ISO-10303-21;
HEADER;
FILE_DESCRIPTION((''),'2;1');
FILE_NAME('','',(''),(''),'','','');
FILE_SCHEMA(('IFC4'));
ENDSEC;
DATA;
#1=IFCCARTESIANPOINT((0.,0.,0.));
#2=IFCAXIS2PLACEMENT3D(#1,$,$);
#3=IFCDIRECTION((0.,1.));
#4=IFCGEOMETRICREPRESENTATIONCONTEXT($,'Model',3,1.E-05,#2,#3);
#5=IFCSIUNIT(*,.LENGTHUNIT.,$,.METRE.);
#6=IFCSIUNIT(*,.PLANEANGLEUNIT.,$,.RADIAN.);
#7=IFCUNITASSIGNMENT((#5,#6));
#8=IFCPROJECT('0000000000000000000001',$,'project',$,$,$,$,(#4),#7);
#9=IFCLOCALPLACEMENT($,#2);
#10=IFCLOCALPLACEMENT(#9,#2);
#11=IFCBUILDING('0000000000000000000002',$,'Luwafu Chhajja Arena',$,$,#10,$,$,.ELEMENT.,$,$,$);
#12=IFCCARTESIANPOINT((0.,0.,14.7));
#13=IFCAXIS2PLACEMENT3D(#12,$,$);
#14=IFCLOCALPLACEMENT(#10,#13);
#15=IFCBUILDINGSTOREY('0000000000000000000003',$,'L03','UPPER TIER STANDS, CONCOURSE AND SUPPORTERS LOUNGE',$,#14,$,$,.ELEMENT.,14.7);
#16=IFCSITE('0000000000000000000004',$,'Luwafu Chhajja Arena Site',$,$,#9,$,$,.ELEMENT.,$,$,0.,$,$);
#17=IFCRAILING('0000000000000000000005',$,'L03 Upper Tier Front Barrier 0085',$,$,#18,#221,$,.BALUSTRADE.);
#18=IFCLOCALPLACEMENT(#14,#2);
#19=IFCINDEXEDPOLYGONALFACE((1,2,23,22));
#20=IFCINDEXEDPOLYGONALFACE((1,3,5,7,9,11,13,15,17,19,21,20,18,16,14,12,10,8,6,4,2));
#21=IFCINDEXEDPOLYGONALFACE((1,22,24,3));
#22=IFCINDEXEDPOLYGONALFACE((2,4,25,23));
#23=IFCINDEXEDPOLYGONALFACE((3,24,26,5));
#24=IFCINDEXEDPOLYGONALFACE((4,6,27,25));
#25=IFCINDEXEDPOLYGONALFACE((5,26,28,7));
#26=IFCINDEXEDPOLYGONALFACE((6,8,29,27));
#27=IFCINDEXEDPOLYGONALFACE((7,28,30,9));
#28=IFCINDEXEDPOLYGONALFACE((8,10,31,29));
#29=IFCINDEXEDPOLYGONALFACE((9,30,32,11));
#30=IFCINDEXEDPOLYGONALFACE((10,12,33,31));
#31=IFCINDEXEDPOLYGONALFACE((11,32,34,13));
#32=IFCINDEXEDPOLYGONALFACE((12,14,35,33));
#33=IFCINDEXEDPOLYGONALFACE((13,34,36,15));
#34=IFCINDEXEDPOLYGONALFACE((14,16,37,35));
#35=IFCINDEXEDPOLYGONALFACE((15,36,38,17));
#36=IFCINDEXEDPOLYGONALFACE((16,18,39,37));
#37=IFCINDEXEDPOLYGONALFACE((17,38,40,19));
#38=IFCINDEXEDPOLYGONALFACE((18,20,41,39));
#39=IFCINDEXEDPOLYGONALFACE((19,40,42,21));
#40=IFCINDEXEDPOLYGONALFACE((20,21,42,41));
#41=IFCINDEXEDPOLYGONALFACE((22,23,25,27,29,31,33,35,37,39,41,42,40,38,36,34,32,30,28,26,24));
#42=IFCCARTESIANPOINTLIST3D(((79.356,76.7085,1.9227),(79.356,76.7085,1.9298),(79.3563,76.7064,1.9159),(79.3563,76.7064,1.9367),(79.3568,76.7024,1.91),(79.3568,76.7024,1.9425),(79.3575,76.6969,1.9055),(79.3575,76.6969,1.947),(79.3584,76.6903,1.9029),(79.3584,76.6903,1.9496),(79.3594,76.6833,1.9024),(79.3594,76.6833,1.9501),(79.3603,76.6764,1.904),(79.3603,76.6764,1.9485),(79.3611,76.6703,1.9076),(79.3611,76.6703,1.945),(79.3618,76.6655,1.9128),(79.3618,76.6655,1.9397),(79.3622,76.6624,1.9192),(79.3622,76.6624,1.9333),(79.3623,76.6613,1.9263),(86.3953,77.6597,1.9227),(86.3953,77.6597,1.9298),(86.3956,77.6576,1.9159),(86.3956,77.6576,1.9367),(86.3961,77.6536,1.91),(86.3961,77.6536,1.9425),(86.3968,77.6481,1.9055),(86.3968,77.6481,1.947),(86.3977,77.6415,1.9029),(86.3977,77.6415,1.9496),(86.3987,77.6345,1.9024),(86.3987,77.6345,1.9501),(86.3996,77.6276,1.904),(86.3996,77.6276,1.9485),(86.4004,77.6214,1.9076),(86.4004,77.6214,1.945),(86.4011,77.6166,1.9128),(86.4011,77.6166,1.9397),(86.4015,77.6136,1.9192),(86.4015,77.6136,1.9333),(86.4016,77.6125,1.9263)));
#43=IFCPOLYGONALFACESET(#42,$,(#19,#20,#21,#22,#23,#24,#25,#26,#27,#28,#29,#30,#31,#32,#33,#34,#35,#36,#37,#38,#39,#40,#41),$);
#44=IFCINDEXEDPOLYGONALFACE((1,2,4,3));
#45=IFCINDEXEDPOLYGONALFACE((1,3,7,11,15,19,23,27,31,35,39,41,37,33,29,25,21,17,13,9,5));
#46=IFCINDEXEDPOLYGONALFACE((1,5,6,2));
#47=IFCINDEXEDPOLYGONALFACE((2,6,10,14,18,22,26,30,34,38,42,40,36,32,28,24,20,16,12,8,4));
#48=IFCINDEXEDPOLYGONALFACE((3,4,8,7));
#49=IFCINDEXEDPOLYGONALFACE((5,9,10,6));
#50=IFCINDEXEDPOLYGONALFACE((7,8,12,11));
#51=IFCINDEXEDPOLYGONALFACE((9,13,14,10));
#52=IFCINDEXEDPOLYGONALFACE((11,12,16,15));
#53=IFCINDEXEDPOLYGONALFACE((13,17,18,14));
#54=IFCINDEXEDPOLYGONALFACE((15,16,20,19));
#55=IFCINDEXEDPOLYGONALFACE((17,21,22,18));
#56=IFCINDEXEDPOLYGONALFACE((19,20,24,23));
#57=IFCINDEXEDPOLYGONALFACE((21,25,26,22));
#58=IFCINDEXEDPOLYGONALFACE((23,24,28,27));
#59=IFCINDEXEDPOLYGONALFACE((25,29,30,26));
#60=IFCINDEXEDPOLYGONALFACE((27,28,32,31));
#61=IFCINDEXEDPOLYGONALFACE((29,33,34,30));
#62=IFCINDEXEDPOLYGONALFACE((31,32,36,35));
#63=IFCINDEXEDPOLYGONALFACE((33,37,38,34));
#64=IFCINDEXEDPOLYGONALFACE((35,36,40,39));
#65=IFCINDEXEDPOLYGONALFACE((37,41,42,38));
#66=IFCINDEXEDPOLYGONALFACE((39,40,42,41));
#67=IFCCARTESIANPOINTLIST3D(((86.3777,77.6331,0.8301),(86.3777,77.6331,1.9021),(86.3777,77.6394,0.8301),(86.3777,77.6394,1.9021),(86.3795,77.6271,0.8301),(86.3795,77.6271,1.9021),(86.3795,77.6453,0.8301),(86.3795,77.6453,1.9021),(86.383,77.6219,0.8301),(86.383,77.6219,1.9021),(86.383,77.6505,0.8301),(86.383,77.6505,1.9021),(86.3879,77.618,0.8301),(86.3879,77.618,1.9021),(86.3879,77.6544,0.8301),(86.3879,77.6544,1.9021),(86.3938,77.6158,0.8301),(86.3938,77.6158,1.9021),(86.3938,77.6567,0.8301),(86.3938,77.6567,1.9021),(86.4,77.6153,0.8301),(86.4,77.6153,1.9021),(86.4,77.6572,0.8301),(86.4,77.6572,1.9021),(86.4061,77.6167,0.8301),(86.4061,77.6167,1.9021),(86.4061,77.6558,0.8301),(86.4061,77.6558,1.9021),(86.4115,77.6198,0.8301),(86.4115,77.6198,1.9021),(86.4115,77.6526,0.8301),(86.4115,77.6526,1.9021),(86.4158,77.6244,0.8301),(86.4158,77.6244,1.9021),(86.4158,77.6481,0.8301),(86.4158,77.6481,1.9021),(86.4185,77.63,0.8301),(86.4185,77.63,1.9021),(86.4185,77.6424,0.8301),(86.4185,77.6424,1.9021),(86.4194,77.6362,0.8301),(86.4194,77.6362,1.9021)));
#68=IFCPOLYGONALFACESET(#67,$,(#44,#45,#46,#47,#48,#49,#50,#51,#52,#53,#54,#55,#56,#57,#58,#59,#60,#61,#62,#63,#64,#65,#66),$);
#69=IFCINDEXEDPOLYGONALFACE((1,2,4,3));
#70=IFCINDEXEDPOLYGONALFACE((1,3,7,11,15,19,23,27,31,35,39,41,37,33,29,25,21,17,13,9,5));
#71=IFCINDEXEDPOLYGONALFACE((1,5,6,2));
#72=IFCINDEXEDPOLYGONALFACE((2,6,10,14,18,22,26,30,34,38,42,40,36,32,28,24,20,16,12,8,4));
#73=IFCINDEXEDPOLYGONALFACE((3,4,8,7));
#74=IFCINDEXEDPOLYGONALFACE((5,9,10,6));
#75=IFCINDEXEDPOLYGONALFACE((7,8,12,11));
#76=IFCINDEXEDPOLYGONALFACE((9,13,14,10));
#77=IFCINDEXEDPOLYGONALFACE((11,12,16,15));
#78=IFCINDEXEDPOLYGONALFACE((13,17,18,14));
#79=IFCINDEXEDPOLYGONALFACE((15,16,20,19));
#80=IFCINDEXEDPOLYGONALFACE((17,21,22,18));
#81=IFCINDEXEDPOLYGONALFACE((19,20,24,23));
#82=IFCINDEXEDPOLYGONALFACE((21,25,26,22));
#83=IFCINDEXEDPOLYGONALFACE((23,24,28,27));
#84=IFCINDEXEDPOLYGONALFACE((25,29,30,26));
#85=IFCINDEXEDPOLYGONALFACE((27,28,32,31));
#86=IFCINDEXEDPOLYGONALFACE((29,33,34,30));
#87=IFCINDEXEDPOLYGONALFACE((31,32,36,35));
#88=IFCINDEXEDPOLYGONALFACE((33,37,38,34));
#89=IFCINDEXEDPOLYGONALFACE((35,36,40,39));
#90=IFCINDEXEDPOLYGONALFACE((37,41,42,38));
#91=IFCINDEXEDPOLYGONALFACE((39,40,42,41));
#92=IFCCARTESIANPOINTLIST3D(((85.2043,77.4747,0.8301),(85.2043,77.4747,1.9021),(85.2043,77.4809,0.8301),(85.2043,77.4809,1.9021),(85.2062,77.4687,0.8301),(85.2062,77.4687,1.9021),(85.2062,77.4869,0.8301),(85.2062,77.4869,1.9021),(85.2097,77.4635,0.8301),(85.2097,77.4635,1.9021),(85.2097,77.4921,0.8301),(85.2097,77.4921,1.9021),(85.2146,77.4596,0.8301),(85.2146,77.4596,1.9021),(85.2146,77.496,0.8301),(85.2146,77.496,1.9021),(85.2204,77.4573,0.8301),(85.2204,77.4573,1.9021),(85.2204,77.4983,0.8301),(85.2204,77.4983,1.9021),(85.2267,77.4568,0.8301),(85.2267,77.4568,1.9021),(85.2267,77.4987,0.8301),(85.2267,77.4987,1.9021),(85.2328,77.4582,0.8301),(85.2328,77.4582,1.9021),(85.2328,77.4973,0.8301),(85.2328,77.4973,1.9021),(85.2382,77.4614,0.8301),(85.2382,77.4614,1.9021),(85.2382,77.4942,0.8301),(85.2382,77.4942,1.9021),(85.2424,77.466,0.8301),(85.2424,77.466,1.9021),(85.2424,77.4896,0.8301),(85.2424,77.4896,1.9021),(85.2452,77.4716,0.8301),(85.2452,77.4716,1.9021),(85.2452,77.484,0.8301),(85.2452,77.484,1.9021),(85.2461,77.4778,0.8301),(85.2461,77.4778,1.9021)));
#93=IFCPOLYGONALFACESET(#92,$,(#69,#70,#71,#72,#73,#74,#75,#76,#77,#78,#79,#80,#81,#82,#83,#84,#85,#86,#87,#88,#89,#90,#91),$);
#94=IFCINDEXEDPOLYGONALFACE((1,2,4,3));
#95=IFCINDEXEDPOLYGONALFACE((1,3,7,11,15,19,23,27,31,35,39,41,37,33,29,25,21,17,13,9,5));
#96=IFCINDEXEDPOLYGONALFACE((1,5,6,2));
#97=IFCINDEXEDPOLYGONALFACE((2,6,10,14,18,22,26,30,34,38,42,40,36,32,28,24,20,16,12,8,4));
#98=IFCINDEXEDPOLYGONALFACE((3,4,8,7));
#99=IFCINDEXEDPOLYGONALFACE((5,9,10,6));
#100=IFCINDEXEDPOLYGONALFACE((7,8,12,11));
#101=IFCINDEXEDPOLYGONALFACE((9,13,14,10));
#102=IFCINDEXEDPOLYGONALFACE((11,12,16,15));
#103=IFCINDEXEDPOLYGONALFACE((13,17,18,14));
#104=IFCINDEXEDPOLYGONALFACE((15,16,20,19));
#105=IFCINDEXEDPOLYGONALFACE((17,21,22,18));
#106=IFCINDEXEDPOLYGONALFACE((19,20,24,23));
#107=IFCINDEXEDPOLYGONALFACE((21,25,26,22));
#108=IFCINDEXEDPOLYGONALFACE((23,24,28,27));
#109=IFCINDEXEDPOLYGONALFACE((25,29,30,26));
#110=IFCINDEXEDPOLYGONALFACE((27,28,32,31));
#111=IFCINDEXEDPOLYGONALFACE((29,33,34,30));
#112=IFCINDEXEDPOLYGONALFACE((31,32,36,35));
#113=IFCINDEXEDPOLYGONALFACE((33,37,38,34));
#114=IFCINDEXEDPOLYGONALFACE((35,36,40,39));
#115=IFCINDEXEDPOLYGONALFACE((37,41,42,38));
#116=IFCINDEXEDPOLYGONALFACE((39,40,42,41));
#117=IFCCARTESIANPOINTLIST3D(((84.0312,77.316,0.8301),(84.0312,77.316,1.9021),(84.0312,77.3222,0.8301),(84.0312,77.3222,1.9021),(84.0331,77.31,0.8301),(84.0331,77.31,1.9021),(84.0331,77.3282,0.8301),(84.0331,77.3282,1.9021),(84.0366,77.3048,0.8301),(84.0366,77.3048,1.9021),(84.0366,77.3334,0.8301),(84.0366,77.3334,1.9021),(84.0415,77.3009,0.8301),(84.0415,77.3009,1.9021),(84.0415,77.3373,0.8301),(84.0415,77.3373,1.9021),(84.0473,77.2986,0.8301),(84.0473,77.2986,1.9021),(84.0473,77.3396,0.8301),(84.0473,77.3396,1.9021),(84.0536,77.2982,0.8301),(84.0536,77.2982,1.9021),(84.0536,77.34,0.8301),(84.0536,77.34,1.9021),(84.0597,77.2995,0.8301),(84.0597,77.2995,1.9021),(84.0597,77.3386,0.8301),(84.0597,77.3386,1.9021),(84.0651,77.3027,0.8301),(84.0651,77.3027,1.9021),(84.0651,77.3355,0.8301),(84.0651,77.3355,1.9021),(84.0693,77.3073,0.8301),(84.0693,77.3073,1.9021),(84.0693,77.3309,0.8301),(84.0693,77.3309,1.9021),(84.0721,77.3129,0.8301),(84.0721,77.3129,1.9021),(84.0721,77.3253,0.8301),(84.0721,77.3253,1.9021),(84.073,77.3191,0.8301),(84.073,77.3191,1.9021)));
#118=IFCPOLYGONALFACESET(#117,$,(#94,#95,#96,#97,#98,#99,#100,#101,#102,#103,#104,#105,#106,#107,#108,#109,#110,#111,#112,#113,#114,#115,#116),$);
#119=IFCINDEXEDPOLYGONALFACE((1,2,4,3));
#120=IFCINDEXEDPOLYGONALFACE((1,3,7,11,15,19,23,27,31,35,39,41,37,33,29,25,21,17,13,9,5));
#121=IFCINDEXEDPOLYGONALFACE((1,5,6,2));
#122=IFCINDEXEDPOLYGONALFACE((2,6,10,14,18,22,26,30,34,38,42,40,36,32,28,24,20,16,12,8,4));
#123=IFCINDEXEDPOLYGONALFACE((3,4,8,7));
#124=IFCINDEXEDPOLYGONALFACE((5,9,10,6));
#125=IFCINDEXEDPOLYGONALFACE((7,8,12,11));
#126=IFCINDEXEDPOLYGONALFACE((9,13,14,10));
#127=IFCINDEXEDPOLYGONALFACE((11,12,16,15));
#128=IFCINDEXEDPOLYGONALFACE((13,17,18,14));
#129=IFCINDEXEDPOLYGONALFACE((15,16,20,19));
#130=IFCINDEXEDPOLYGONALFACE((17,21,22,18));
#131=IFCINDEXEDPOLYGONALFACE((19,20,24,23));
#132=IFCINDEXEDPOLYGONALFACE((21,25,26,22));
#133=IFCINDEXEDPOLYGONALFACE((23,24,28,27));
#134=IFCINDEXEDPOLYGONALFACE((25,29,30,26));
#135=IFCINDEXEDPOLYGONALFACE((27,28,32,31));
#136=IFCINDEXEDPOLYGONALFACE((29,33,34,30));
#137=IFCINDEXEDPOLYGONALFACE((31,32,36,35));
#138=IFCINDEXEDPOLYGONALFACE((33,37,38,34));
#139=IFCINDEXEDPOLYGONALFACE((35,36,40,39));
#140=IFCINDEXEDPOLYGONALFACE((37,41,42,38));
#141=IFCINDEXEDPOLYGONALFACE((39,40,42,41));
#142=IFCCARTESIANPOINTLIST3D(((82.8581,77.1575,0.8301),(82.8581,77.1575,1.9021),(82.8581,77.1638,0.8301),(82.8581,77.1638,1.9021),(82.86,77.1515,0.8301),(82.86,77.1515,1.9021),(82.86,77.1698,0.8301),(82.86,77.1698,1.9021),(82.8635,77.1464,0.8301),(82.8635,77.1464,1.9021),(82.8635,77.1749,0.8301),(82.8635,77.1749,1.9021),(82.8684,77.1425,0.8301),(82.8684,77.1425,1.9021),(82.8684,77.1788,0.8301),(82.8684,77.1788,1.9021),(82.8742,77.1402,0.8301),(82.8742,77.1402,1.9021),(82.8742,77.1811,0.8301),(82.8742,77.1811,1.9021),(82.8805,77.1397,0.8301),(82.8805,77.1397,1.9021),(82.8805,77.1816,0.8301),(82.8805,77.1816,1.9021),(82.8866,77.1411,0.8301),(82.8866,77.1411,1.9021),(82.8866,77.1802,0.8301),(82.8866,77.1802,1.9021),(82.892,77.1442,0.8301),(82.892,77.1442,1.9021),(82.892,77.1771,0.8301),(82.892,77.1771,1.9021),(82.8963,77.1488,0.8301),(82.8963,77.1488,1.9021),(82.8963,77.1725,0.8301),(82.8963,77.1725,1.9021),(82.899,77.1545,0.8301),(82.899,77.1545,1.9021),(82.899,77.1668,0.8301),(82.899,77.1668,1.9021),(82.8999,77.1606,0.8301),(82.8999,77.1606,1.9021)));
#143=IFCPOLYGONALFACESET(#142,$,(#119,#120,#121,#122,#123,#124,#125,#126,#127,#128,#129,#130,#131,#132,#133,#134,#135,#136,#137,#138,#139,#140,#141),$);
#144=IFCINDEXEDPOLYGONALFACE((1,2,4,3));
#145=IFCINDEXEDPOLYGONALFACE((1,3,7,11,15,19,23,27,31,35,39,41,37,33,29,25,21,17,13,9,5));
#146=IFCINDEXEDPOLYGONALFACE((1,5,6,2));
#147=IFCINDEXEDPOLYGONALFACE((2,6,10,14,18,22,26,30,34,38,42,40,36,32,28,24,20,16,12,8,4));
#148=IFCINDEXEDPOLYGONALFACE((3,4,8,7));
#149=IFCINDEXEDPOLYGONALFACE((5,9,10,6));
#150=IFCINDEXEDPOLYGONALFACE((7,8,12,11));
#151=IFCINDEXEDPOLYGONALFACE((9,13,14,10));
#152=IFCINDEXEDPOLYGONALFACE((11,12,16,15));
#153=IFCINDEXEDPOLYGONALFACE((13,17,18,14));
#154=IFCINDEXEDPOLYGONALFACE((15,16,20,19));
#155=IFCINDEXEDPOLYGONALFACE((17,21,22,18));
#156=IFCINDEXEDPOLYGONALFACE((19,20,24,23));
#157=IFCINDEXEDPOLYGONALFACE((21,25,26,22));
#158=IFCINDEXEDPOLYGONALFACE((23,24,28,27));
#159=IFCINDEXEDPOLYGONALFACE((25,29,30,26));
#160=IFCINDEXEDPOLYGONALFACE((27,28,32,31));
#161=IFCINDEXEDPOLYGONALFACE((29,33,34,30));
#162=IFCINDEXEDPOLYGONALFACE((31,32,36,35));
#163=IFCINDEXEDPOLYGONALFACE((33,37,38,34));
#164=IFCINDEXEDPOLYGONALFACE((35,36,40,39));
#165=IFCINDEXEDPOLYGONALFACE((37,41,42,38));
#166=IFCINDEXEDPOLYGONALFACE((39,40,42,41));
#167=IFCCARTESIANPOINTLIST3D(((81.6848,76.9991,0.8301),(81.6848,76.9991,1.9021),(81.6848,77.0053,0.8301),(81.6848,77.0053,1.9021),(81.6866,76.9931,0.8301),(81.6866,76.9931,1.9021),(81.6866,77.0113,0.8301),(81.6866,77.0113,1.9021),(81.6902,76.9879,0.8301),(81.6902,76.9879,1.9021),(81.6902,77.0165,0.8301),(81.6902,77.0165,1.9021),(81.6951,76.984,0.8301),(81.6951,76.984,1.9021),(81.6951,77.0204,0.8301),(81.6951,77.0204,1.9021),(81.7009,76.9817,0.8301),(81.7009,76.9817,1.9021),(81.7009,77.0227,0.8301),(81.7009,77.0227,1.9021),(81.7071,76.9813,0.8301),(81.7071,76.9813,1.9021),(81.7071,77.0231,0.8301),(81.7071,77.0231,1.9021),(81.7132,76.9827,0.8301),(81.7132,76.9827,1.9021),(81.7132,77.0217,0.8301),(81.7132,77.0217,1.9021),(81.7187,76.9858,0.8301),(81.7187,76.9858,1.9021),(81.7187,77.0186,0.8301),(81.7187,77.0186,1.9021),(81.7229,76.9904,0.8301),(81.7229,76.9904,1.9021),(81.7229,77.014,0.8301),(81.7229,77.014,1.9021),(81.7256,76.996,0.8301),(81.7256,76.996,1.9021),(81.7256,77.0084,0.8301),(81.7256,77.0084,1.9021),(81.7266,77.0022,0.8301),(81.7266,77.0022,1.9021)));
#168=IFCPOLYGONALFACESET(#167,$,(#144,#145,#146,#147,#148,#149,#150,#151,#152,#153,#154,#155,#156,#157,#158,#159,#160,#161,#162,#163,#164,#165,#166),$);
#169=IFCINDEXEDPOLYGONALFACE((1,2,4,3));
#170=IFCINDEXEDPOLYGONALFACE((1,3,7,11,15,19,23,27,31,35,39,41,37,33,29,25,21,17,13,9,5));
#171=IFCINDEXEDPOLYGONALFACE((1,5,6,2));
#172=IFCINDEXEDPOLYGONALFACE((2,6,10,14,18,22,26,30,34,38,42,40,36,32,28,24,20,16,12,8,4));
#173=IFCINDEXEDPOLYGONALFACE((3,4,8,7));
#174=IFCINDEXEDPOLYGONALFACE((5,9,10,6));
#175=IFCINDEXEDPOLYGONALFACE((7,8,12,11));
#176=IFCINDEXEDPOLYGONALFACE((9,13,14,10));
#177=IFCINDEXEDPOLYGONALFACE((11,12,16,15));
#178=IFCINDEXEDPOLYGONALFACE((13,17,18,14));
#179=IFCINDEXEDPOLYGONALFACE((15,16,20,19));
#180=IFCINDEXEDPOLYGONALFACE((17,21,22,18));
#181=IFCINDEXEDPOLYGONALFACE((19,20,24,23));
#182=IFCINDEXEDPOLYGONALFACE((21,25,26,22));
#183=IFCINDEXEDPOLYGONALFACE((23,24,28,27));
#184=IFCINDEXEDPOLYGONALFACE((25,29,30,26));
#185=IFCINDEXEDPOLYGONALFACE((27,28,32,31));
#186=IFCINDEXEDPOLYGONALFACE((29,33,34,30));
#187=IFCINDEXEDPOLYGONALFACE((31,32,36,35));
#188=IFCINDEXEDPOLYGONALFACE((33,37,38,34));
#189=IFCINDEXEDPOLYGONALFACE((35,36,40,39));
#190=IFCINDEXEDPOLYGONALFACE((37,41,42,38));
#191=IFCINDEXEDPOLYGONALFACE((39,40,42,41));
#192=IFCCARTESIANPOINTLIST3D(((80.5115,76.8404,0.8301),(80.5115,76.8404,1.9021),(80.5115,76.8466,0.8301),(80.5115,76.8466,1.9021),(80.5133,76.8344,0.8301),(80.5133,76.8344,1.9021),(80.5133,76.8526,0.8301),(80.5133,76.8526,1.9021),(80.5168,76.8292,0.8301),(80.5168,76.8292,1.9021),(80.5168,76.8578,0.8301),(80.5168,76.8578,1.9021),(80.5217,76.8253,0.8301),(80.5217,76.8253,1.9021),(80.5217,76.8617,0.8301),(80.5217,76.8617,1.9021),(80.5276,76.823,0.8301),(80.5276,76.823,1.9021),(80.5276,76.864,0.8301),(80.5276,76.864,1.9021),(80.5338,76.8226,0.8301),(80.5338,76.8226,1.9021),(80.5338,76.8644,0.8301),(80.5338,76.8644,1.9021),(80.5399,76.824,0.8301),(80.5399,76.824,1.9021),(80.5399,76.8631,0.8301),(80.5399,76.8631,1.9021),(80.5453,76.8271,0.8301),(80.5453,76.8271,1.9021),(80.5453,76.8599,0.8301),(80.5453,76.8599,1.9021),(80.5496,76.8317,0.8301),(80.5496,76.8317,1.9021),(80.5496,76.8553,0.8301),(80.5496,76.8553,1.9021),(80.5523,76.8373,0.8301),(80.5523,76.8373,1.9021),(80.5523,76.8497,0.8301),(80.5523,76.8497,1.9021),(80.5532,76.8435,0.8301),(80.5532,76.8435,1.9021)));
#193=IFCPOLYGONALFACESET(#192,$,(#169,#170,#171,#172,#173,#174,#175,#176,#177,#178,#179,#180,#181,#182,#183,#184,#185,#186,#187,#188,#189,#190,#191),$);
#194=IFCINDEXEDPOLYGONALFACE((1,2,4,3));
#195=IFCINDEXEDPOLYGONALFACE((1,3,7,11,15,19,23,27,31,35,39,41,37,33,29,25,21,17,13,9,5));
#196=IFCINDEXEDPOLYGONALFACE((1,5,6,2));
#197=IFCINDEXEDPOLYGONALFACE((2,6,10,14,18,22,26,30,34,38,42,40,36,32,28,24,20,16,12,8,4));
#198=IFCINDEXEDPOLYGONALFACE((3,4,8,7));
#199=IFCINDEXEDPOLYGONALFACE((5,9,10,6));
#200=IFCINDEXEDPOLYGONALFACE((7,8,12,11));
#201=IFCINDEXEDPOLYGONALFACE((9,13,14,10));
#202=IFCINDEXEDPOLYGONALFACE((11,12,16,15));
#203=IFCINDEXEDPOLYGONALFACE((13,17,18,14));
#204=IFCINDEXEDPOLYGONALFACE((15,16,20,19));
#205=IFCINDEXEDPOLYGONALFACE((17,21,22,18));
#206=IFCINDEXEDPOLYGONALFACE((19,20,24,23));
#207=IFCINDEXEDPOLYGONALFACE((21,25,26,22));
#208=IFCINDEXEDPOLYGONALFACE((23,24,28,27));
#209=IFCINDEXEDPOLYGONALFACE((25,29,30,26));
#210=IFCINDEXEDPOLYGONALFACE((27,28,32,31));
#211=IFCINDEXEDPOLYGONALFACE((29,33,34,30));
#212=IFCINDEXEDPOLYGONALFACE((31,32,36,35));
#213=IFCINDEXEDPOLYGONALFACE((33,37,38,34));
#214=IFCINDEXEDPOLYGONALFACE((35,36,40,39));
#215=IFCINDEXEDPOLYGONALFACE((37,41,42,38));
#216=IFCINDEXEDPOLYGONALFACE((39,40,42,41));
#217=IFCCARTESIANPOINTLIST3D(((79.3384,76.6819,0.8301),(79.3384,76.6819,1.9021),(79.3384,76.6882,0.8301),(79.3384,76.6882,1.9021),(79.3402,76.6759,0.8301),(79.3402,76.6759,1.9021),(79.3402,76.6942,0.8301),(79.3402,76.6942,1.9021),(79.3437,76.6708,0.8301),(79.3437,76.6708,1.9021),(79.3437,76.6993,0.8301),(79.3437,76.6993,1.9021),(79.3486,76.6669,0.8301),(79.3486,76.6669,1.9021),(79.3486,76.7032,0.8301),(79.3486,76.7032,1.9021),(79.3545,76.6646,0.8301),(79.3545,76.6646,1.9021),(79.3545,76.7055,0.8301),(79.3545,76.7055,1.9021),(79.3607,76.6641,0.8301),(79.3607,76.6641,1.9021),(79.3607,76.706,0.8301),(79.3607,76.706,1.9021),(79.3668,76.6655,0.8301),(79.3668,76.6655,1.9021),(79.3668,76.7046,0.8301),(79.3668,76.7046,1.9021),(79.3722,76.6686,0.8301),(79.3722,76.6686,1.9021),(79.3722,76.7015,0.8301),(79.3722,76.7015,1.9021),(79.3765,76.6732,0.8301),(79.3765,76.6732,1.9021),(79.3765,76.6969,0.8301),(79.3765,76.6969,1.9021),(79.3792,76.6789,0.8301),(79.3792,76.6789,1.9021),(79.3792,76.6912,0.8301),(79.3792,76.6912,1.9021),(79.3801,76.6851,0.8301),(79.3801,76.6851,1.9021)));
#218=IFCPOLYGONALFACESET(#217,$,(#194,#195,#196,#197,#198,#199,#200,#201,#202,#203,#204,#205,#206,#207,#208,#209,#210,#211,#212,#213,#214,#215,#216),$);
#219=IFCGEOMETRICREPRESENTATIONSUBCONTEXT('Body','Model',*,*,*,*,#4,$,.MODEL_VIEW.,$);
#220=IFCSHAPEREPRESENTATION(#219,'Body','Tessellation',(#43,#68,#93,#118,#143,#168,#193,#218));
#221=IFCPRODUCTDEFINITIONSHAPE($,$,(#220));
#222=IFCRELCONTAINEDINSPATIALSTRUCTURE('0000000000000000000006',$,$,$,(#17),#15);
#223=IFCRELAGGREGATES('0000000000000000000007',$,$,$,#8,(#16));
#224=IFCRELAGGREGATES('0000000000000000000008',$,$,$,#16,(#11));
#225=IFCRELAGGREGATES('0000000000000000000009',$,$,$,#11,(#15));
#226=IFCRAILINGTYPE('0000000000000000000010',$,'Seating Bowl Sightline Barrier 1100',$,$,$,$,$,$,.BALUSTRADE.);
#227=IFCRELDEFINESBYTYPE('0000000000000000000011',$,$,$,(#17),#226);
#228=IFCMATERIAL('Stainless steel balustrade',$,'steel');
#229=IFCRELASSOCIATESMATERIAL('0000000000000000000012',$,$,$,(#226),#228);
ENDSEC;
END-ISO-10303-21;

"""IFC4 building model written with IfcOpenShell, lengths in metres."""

from ifc_helpers import new_model, si_unit, direction, frame, origin, origin_2d, place, context, subcontext, project, spatial, circle, extrude, material, type_object, element, save


model = new_model("IFC4")

# Units and contexts
model_context = context("Model", 3, precision=1e-05, world=origin(), true_north=direction((0.0, 1.0)))
body_context = subcontext(model_context, "Body", "Model", "MODEL_VIEW")
ifc_project = project(units=[si_unit("LENGTHUNIT", "METRE"), si_unit("PLANEANGLEUNIT", "RADIAN")], contexts=[model_context])

# Site, building, storey
site_placement = place(None, origin())
site = spatial("IfcSite", under=ifc_project, at=site_placement, Name="Luwafu Chhajja Arena Site", CompositionType="ELEMENT", RefElevation=0.0)
building_placement = place(site_placement, origin())
building = spatial("IfcBuilding", under=site, at=building_placement, Name="Luwafu Chhajja Arena", CompositionType="ELEMENT")
storey_placement = place(building_placement, frame((0.0, 0.0, 14.7)))
storey = spatial("IfcBuildingStorey", under=building, at=storey_placement, Name="L03", Description="UPPER TIER STANDS, CONCOURSE AND SUPPORTERS LOUNGE", CompositionType="ELEMENT", Elevation=14.7)

# Railing
ifc_material_1 = material(Name="Stainless steel balustrade", Category="steel")
railing_type = type_object("IfcRailingType", Name="Seating Bowl Sightline Barrier 1100", PredefinedType="BALUSTRADE", material=ifc_material_1)
railing_1_placement = place(storey_placement, frame((86.3984, 77.6362, 0.8301)))
element("IfcRailing", 1, at=railing_1_placement, inside=storey, type_object=railing_type, Name="L03 Upper Tier Front Barrier 0085", PredefinedType="BALUSTRADE", context=body_context, shape_type="SweptSolid", body=[
    extrude(circle(Radius=0.0239, at=origin_2d()), frame((0.0, 0.0, 1.0962), z_axis=(-0.990994, -0.133906, 0.0), x_axis=(0.133906, -0.990994, 0.0)), (0.0, 0.0, 1.0), 7.1033),
    extrude(circle(Radius=0.021, at=origin_2d()), origin(), (0.0, 0.0, 1.0), 1.072),
    extrude(circle(Radius=0.021, at=origin_2d()), frame((-1.1733, -0.1584, 0.0)), (0.0, 0.0, 1.0), 1.072),
    extrude(circle(Radius=0.021, at=origin_2d()), frame((-2.3464, -0.3171, 0.0)), (0.0, 0.0, 1.0), 1.072),
    extrude(circle(Radius=0.021, at=origin_2d()), frame((-3.5195, -0.4756, 0.0)), (0.0, 0.0, 1.0), 1.072),
    extrude(circle(Radius=0.021, at=origin_2d()), frame((-4.6929, -0.634, 0.0)), (0.0, 0.0, 1.0), 1.072),
    extrude(circle(Radius=0.021, at=origin_2d()), frame((-5.8662, -0.7927, 0.0)), (0.0, 0.0, 1.0), 1.072),
    extrude(circle(Radius=0.021, at=origin_2d()), frame((-7.0393, -0.9512, 0.0)), (0.0, 0.0, 1.0), 1.072),
])

save(model, "model.ifc")
